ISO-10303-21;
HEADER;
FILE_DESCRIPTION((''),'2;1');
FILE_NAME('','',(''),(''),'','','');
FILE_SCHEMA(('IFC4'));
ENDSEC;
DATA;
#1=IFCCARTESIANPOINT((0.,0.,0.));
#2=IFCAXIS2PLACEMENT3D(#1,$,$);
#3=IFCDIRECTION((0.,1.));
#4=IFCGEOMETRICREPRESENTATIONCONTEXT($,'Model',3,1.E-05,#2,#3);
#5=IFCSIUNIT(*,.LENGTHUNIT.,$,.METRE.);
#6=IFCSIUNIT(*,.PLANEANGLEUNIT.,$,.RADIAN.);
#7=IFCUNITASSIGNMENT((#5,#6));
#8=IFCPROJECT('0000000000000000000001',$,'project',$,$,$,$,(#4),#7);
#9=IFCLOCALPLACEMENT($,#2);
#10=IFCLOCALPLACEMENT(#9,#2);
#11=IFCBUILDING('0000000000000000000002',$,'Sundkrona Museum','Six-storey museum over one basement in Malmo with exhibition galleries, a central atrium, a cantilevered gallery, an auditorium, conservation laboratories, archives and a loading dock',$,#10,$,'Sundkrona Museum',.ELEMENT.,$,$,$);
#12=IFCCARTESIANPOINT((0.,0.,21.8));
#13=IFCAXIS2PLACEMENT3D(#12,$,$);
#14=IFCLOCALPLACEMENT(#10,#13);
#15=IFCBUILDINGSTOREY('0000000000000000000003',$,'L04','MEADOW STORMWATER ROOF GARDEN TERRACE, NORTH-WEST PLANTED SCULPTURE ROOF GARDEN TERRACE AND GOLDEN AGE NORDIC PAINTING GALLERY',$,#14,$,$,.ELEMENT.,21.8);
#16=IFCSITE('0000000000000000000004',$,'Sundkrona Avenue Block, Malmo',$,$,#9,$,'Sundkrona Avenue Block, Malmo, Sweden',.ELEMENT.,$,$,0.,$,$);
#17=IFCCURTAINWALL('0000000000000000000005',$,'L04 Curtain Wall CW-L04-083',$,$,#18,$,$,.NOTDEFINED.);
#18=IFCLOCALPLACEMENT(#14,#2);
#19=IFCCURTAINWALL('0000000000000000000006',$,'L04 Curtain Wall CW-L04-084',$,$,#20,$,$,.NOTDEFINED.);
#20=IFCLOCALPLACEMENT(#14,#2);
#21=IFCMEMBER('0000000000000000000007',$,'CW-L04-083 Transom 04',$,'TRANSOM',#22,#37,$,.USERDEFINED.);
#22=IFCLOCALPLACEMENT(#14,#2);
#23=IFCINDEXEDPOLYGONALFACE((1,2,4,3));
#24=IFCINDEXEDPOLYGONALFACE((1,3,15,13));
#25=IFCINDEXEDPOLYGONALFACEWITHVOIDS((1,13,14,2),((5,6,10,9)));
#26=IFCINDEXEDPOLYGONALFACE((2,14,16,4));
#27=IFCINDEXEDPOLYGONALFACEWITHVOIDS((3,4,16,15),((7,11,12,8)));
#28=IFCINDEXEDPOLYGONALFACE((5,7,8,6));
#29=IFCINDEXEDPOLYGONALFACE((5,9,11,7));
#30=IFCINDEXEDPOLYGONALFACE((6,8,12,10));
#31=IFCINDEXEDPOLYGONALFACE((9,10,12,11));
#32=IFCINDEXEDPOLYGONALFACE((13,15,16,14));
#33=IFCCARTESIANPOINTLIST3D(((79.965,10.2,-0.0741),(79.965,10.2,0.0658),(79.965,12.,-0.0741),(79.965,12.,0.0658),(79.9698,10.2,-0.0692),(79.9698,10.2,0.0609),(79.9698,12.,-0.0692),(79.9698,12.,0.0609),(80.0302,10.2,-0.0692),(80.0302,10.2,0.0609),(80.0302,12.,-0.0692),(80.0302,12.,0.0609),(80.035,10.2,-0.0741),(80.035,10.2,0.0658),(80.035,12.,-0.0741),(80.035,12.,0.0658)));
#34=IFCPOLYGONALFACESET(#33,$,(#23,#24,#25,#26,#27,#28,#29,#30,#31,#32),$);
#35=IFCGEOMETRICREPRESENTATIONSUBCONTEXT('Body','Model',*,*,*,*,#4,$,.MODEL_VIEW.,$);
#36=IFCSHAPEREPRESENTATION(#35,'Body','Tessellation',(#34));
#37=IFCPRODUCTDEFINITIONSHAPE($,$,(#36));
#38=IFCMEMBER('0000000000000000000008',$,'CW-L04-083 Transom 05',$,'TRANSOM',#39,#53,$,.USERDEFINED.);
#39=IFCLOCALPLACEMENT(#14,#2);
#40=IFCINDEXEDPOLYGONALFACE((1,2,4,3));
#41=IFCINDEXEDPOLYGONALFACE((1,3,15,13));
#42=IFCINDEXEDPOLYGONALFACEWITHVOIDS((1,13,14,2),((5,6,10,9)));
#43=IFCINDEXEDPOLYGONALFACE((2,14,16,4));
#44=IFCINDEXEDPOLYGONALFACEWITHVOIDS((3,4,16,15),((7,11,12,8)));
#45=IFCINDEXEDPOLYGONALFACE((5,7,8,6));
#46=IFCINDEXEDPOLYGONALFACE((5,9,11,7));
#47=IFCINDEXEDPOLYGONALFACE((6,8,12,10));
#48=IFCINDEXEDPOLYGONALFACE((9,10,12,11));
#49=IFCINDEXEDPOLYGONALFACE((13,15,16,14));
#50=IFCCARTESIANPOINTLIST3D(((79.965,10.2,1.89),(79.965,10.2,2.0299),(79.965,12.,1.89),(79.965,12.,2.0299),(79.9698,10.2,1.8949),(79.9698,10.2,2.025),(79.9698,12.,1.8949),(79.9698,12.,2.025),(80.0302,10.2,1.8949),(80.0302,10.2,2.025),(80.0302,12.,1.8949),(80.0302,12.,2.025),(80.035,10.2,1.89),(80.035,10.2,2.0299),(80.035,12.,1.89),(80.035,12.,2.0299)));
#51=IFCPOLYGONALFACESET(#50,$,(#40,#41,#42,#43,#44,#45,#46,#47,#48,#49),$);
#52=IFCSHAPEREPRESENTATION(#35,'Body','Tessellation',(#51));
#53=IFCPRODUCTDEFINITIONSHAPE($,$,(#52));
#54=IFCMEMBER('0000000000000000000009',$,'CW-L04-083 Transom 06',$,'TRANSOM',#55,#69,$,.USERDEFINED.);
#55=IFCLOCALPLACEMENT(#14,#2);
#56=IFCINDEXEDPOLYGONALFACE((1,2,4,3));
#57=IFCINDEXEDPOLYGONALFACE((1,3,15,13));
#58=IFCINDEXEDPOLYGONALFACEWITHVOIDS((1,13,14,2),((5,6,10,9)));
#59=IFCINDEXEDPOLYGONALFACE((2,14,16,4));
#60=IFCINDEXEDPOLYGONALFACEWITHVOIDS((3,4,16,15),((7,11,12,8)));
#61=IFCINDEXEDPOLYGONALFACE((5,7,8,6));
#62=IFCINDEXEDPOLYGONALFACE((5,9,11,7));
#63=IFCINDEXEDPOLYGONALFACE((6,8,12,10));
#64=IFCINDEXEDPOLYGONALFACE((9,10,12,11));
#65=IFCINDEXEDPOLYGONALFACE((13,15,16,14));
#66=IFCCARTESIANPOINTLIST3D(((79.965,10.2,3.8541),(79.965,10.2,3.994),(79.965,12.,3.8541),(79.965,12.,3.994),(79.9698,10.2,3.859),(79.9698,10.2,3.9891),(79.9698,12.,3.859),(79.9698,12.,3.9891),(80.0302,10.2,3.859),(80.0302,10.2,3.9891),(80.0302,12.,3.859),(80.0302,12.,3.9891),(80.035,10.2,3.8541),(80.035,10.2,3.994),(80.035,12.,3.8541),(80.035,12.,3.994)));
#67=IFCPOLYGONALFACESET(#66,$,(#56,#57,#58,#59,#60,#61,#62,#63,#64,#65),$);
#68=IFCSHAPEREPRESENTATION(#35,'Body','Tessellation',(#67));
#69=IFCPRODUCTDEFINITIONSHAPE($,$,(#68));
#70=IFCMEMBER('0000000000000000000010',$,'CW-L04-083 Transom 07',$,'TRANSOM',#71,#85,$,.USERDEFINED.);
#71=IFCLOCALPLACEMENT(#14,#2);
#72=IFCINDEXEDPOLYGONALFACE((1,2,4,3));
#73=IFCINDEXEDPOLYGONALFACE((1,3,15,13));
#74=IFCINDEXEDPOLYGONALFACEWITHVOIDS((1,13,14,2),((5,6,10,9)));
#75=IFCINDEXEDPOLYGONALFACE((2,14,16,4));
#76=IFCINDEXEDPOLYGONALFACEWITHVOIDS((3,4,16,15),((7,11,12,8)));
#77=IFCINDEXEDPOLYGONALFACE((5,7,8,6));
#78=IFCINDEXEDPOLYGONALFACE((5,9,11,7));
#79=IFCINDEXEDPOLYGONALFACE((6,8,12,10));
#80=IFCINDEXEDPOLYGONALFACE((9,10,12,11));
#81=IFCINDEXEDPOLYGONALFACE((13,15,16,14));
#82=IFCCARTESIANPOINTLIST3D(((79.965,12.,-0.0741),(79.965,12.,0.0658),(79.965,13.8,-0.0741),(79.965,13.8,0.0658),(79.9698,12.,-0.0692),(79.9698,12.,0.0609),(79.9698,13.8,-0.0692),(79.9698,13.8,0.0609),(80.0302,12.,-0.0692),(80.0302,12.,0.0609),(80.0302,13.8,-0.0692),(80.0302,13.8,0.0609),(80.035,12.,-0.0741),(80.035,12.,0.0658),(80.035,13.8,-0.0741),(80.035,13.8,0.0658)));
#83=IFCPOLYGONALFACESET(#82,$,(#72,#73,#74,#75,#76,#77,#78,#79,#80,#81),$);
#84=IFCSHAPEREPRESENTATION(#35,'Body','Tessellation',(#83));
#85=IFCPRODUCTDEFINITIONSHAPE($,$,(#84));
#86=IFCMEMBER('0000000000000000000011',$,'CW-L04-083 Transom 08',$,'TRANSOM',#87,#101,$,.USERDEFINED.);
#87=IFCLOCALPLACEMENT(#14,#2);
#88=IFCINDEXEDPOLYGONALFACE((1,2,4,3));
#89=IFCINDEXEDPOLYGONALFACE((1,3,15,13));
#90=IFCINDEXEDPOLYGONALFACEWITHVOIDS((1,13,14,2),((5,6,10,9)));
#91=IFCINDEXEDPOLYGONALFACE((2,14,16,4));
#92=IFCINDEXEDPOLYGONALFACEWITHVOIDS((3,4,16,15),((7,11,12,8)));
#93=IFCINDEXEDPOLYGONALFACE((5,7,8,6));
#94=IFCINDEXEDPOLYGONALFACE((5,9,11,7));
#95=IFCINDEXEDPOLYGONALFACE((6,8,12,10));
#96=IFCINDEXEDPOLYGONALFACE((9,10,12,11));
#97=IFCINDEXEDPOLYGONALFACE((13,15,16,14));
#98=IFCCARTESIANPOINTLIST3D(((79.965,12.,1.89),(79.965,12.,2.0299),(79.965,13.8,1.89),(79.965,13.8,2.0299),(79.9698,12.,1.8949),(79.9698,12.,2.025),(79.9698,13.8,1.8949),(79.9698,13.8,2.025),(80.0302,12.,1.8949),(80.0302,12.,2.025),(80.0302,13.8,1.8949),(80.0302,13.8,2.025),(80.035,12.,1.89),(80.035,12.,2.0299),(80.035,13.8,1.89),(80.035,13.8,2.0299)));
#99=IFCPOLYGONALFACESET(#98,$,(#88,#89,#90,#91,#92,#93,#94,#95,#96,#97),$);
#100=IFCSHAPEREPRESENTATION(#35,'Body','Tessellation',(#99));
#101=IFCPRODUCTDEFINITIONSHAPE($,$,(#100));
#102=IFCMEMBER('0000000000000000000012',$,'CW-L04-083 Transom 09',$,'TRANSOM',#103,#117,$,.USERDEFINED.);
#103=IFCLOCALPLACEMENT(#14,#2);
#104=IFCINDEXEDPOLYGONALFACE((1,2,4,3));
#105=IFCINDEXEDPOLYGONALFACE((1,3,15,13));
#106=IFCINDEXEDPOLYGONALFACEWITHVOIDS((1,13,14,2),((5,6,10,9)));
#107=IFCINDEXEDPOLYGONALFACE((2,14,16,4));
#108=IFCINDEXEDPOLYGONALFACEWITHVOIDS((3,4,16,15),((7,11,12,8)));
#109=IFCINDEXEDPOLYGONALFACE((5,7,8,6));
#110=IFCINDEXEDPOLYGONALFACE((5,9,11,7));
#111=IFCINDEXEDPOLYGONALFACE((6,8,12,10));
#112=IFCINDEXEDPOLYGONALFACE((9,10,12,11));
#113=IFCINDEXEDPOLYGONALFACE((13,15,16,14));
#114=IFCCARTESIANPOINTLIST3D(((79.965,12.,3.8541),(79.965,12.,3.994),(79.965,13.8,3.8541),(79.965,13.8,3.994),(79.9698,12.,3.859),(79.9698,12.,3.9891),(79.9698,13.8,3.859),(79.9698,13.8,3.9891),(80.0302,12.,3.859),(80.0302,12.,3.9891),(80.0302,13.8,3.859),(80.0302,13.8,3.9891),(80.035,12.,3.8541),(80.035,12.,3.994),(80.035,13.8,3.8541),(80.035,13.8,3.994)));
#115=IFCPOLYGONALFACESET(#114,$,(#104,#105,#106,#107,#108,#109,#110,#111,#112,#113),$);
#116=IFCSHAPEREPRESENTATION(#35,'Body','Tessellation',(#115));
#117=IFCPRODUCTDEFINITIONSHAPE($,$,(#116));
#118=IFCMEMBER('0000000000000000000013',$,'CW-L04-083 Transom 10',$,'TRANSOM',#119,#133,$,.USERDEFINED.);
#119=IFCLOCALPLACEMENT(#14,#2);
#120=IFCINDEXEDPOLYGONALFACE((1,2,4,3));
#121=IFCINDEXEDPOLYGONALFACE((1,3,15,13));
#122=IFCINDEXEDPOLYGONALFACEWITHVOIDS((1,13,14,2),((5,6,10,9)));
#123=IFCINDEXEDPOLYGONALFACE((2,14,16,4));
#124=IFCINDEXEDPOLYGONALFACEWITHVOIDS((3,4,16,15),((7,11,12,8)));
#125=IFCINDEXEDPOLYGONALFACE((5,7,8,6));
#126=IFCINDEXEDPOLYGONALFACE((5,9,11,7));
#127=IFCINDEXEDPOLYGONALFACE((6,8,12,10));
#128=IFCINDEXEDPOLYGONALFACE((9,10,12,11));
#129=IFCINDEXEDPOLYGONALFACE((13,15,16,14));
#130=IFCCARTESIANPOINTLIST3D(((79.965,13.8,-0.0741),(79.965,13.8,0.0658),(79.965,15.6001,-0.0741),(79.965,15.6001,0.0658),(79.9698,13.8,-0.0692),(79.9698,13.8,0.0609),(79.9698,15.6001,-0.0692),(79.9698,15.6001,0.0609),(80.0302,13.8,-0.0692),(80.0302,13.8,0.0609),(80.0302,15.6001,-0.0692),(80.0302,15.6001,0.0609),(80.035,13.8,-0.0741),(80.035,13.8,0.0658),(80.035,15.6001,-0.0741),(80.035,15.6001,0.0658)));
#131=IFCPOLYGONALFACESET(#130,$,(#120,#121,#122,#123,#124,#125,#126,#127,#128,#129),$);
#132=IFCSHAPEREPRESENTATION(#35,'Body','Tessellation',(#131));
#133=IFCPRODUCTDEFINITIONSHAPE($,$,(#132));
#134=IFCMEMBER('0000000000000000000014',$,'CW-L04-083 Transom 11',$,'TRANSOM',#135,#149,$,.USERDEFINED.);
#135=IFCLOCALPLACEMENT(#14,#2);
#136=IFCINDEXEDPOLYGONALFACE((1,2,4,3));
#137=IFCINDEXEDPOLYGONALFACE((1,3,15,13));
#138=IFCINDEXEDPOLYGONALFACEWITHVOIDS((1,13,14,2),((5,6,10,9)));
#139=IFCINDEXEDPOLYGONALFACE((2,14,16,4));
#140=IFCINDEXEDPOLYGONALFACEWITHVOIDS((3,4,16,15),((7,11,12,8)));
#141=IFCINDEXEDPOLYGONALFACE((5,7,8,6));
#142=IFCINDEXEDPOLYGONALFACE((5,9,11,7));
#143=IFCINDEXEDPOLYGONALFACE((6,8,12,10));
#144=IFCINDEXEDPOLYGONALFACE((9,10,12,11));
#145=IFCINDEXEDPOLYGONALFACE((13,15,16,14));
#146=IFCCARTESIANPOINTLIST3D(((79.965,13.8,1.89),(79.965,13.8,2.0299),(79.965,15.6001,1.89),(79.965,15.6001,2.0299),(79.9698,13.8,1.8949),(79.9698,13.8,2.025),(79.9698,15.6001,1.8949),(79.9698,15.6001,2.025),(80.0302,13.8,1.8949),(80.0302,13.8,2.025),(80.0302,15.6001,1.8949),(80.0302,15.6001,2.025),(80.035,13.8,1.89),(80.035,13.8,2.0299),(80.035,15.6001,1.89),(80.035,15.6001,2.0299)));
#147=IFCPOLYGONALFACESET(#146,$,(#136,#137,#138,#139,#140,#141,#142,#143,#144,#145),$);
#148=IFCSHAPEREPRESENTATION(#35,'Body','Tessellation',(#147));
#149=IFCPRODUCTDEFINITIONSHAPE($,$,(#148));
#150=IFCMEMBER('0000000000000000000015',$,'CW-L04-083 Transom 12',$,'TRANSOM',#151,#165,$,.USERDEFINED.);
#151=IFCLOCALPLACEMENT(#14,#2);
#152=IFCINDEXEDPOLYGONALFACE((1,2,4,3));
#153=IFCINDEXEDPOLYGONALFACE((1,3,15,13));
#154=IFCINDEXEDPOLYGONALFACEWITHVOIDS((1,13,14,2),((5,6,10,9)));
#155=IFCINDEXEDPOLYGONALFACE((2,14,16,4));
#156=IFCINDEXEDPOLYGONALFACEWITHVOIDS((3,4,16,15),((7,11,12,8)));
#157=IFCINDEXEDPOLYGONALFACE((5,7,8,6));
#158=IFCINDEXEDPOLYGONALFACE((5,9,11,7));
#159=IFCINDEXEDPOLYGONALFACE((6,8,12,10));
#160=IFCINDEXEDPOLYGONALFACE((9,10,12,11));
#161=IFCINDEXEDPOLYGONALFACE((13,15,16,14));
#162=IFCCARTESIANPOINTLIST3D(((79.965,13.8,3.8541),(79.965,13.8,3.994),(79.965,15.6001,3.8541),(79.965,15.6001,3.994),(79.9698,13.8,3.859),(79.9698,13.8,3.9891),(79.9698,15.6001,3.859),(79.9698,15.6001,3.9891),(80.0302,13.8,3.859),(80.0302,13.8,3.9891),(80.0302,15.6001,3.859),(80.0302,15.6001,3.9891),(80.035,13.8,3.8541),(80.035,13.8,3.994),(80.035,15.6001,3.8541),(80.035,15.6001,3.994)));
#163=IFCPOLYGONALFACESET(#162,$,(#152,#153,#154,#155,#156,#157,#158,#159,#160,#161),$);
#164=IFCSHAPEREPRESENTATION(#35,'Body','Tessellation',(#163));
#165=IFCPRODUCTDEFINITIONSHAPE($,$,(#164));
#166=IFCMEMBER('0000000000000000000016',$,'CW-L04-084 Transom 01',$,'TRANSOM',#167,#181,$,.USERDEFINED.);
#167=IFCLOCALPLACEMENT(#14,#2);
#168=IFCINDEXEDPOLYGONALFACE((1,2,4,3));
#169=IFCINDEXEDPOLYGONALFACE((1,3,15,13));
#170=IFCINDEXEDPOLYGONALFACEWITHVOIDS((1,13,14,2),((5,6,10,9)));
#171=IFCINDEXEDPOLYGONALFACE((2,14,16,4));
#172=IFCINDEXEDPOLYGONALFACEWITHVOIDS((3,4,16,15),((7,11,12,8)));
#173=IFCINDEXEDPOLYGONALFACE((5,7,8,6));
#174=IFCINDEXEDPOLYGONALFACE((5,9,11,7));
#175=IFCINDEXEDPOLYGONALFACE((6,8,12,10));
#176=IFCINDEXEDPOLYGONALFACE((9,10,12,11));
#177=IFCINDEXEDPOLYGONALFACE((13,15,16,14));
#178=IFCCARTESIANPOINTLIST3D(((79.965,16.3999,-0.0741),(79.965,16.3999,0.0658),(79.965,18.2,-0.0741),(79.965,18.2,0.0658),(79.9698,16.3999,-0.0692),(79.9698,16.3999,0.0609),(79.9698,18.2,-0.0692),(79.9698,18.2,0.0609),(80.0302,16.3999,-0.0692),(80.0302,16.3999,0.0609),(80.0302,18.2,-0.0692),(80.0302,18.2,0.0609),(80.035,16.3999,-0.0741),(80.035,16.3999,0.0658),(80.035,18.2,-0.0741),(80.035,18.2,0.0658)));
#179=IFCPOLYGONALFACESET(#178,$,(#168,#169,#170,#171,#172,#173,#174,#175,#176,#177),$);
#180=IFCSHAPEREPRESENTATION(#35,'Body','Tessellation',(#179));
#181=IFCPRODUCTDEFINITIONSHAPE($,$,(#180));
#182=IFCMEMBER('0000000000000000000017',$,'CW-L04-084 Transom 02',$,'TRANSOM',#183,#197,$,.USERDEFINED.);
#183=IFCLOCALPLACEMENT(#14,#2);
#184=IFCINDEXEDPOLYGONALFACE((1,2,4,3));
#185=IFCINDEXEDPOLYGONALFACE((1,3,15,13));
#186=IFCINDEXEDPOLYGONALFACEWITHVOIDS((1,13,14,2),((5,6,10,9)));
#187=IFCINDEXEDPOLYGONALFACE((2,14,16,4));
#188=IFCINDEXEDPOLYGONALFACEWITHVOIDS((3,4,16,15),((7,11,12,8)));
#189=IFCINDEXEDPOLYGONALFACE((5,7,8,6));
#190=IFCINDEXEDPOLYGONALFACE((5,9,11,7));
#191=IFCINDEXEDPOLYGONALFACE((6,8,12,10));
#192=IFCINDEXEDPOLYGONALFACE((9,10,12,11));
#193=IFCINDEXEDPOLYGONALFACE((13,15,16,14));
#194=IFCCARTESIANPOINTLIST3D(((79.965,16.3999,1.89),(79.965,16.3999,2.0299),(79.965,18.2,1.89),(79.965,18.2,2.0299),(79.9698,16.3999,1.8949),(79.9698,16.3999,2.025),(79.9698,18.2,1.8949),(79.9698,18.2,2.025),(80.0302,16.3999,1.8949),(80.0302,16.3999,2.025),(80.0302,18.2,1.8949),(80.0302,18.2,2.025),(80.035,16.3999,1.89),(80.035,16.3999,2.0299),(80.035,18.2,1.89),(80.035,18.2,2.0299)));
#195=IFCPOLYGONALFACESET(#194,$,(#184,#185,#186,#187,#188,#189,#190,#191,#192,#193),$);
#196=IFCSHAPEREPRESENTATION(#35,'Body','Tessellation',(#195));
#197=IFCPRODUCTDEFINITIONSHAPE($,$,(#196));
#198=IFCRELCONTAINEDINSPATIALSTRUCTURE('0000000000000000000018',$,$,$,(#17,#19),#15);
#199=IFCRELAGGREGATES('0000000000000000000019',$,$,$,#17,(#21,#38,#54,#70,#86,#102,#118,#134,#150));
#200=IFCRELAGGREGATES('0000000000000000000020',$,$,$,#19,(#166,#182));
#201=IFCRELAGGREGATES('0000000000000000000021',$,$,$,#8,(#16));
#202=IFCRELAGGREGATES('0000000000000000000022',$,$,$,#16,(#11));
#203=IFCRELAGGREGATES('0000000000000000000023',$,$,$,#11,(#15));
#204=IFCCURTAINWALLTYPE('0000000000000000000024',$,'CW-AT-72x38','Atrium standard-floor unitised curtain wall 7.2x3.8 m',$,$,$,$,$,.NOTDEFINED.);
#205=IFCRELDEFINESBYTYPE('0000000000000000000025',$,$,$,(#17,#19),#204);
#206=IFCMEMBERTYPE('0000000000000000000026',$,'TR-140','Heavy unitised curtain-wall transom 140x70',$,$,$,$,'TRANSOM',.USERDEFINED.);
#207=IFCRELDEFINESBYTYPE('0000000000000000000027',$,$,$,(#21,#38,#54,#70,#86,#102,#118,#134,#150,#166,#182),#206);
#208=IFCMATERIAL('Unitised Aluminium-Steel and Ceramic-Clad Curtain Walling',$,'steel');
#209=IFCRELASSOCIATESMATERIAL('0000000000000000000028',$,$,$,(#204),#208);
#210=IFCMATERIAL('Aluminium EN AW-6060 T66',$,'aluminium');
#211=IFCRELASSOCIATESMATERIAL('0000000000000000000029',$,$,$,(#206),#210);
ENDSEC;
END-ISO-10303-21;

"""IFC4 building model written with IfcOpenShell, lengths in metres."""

from ifc_helpers import new_model, si_unit, direction, frame, origin, origin_2d, place, context, subcontext, project, spatial, hollow_rectangle, extrude, material, material_profile, profile_set, type_object, element, aggregate, save


model = new_model("IFC4")

# Units and contexts
model_context = context("Model", 3, precision=1e-05, world=origin(), true_north=direction((0.0, 1.0)))
body_context = subcontext(model_context, "Body", "Model", "MODEL_VIEW")
ifc_project = project(units=[si_unit("LENGTHUNIT", "METRE"), si_unit("PLANEANGLEUNIT", "RADIAN")], contexts=[model_context])

# Site, building, storey
site_placement = place(None, origin())
site = spatial("IfcSite", under=ifc_project, at=site_placement, Name="Sundkrona Avenue Block, Malmo", LongName="Sundkrona Avenue Block, Malmo, Sweden", CompositionType="ELEMENT", RefElevation=0.0)
building_placement = place(site_placement, origin())
building = spatial("IfcBuilding", under=site, at=building_placement, Name="Sundkrona Museum", Description="Six-storey museum over one basement in Malmo with exhibition galleries, a central atrium, a cantilevered gallery, an auditorium, conservation laboratories, archives and a loading dock", LongName="Sundkrona Museum", CompositionType="ELEMENT")
storey_placement = place(building_placement, frame((0.0, 0.0, 21.8)))
storey = spatial("IfcBuildingStorey", under=building, at=storey_placement, Name="L04", Description="MEADOW STORMWATER ROOF GARDEN TERRACE, NORTH-WEST PLANTED SCULPTURE ROOF GARDEN TERRACE AND GOLDEN AGE NORDIC PAINTING GALLERY", CompositionType="ELEMENT", Elevation=21.8)

# Curtain walls
ifc_material_1 = material(Name="Unitised Aluminium-Steel and Ceramic-Clad Curtain Walling", Category="steel")
curtain_wall_type = type_object("IfcCurtainWallType", Name="CW-AT-72x38", Description="Atrium standard-floor unitised curtain wall 7.2x3.8 m", PredefinedType="NOTDEFINED", material=ifc_material_1)
curtain_wall_1_placement = place(storey_placement, origin())
curtain_wall_1 = element("IfcCurtainWall", 1, at=curtain_wall_1_placement, inside=storey, type_object=curtain_wall_type, Name="L04 Curtain Wall CW-L04-083", PredefinedType="NOTDEFINED")
ifc_material_2 = material(Name="Aluminium EN AW-6060 T66", Category="aluminium")
curtain_wall_2_placement = place(storey_placement, origin())
curtain_wall_2 = element("IfcCurtainWall", 2, at=curtain_wall_2_placement, inside=storey, type_object=curtain_wall_type, Name="L04 Curtain Wall CW-L04-084", PredefinedType="NOTDEFINED")

# Members
ifc_material_profile_1 = material_profile(ifc_material_2, hollow_rectangle(XDim=0.0701, YDim=0.1399, WallThickness=0.0049, at=origin_2d()), Name="RHS 140x70x5.0")
ifc_profile_set_1 = profile_set([ifc_material_profile_1], Name="Aluminium EN AW-6060 T66")
member_type_1 = type_object("IfcMemberType", Name="TR-140", Description="Heavy unitised curtain-wall transom 140x70", ElementType="TRANSOM", PredefinedType="USERDEFINED", material=ifc_profile_set_1)
member_1_placement = place(storey_placement, frame((80.0, 10.2, -0.0042), z_axis=(0.0, 1.0, 0.0), x_axis=(-1.0, 0.0, 0.0)))
member_1 = element("IfcMember", 3, at=member_1_placement, type_object=member_type_1, Name="CW-L04-083 Transom 04", ObjectType="TRANSOM", PredefinedType="USERDEFINED", context=body_context, shape_type="SweptSolid", body=[
    extrude(hollow_rectangle(XDim=0.0701, YDim=0.1399, WallThickness=0.0049, at=origin_2d()), origin(), (0.0, 0.0, 1.0), 1.8),
])
member_2_placement = place(storey_placement, frame((80.0, 10.2, 1.96), z_axis=(0.0, 1.0, 0.0), x_axis=(-1.0, 0.0, 0.0)))
member_2 = element("IfcMember", 4, at=member_2_placement, type_object=member_type_1, Name="CW-L04-083 Transom 05", ObjectType="TRANSOM", PredefinedType="USERDEFINED", context=body_context, shape_type="SweptSolid", body=[
    extrude(hollow_rectangle(XDim=0.0701, YDim=0.1399, WallThickness=0.0049, at=origin_2d()), origin(), (0.0, 0.0, 1.0), 1.8),
])
member_3_placement = place(storey_placement, frame((80.0, 10.2, 3.9241), z_axis=(0.0, 1.0, 0.0), x_axis=(-1.0, 0.0, 0.0)))
member_3 = element("IfcMember", 5, at=member_3_placement, type_object=member_type_1, Name="CW-L04-083 Transom 06", ObjectType="TRANSOM", PredefinedType="USERDEFINED", context=body_context, shape_type="SweptSolid", body=[
    extrude(hollow_rectangle(XDim=0.0701, YDim=0.1399, WallThickness=0.0049, at=origin_2d()), origin(), (0.0, 0.0, 1.0), 1.8),
])
member_4_placement = place(storey_placement, frame((80.0, 12.0, -0.0042), z_axis=(0.0, 1.0, 0.0), x_axis=(-1.0, 0.0, 0.0)))
member_4 = element("IfcMember", 6, at=member_4_placement, type_object=member_type_1, Name="CW-L04-083 Transom 07", ObjectType="TRANSOM", PredefinedType="USERDEFINED", context=body_context, shape_type="SweptSolid", body=[
    extrude(hollow_rectangle(XDim=0.0701, YDim=0.1399, WallThickness=0.0049, at=origin_2d()), origin(), (0.0, 0.0, 1.0), 1.8),
])
member_5_placement = place(storey_placement, frame((80.0, 12.0, 1.96), z_axis=(0.0, 1.0, 0.0), x_axis=(-1.0, 0.0, 0.0)))
member_5 = element("IfcMember", 7, at=member_5_placement, type_object=member_type_1, Name="CW-L04-083 Transom 08", ObjectType="TRANSOM", PredefinedType="USERDEFINED", context=body_context, shape_type="SweptSolid", body=[
    extrude(hollow_rectangle(XDim=0.0701, YDim=0.1399, WallThickness=0.0049, at=origin_2d()), origin(), (0.0, 0.0, 1.0), 1.8),
])
member_6_placement = place(storey_placement, frame((80.0, 12.0, 3.9241), z_axis=(0.0, 1.0, 0.0), x_axis=(-1.0, 0.0, 0.0)))
member_6 = element("IfcMember", 8, at=member_6_placement, type_object=member_type_1, Name="CW-L04-083 Transom 09", ObjectType="TRANSOM", PredefinedType="USERDEFINED", context=body_context, shape_type="SweptSolid", body=[
    extrude(hollow_rectangle(XDim=0.0701, YDim=0.1399, WallThickness=0.0049, at=origin_2d()), origin(), (0.0, 0.0, 1.0), 1.8),
])
member_7_placement = place(storey_placement, frame((80.0, 13.8, -0.0042), z_axis=(0.0, 1.0, 0.0), x_axis=(-1.0, 0.0, 0.0)))
member_7 = element("IfcMember", 9, at=member_7_placement, type_object=member_type_1, Name="CW-L04-083 Transom 10", ObjectType="TRANSOM", PredefinedType="USERDEFINED", context=body_context, shape_type="SweptSolid", body=[
    extrude(hollow_rectangle(XDim=0.0701, YDim=0.1399, WallThickness=0.0049, at=origin_2d()), origin(), (0.0, 0.0, 1.0), 1.8),
])
member_8_placement = place(storey_placement, frame((80.0, 13.8, 1.96), z_axis=(0.0, 1.0, 0.0), x_axis=(-1.0, 0.0, 0.0)))
member_8 = element("IfcMember", 10, at=member_8_placement, type_object=member_type_1, Name="CW-L04-083 Transom 11", ObjectType="TRANSOM", PredefinedType="USERDEFINED", context=body_context, shape_type="SweptSolid", body=[
    extrude(hollow_rectangle(XDim=0.0701, YDim=0.1399, WallThickness=0.0049, at=origin_2d()), origin(), (0.0, 0.0, 1.0), 1.8),
])
member_9_placement = place(storey_placement, frame((80.0, 13.8, 3.9241), z_axis=(0.0, 1.0, 0.0), x_axis=(-1.0, 0.0, 0.0)))
member_9 = element("IfcMember", 11, at=member_9_placement, type_object=member_type_1, Name="CW-L04-083 Transom 12", ObjectType="TRANSOM", PredefinedType="USERDEFINED", context=body_context, shape_type="SweptSolid", body=[
    extrude(hollow_rectangle(XDim=0.0701, YDim=0.1399, WallThickness=0.0049, at=origin_2d()), origin(), (0.0, 0.0, 1.0), 1.8),
])
member_10_placement = place(storey_placement, frame((80.0, 16.3999, -0.0042), z_axis=(0.0, 1.0, 0.0), x_axis=(-1.0, 0.0, 0.0)))
member_10 = element("IfcMember", 12, at=member_10_placement, type_object=member_type_1, Name="CW-L04-084 Transom 01", ObjectType="TRANSOM", PredefinedType="USERDEFINED", context=body_context, shape_type="SweptSolid", body=[
    extrude(hollow_rectangle(XDim=0.0701, YDim=0.1399, WallThickness=0.0049, at=origin_2d()), origin(), (0.0, 0.0, 1.0), 1.8),
])
member_11_placement = place(storey_placement, frame((80.0, 16.3999, 1.96), z_axis=(0.0, 1.0, 0.0), x_axis=(-1.0, 0.0, 0.0)))
member_11 = element("IfcMember", 13, at=member_11_placement, type_object=member_type_1, Name="CW-L04-084 Transom 02", ObjectType="TRANSOM", PredefinedType="USERDEFINED", context=body_context, shape_type="SweptSolid", body=[
    extrude(hollow_rectangle(XDim=0.0701, YDim=0.1399, WallThickness=0.0049, at=origin_2d()), origin(), (0.0, 0.0, 1.0), 1.8),
])

aggregate(curtain_wall_1, [member_1, member_2, member_3, member_4, member_5, member_6, member_7, member_8, member_9])
aggregate(curtain_wall_2, [member_10, member_11])

save(model, "model.ifc")
